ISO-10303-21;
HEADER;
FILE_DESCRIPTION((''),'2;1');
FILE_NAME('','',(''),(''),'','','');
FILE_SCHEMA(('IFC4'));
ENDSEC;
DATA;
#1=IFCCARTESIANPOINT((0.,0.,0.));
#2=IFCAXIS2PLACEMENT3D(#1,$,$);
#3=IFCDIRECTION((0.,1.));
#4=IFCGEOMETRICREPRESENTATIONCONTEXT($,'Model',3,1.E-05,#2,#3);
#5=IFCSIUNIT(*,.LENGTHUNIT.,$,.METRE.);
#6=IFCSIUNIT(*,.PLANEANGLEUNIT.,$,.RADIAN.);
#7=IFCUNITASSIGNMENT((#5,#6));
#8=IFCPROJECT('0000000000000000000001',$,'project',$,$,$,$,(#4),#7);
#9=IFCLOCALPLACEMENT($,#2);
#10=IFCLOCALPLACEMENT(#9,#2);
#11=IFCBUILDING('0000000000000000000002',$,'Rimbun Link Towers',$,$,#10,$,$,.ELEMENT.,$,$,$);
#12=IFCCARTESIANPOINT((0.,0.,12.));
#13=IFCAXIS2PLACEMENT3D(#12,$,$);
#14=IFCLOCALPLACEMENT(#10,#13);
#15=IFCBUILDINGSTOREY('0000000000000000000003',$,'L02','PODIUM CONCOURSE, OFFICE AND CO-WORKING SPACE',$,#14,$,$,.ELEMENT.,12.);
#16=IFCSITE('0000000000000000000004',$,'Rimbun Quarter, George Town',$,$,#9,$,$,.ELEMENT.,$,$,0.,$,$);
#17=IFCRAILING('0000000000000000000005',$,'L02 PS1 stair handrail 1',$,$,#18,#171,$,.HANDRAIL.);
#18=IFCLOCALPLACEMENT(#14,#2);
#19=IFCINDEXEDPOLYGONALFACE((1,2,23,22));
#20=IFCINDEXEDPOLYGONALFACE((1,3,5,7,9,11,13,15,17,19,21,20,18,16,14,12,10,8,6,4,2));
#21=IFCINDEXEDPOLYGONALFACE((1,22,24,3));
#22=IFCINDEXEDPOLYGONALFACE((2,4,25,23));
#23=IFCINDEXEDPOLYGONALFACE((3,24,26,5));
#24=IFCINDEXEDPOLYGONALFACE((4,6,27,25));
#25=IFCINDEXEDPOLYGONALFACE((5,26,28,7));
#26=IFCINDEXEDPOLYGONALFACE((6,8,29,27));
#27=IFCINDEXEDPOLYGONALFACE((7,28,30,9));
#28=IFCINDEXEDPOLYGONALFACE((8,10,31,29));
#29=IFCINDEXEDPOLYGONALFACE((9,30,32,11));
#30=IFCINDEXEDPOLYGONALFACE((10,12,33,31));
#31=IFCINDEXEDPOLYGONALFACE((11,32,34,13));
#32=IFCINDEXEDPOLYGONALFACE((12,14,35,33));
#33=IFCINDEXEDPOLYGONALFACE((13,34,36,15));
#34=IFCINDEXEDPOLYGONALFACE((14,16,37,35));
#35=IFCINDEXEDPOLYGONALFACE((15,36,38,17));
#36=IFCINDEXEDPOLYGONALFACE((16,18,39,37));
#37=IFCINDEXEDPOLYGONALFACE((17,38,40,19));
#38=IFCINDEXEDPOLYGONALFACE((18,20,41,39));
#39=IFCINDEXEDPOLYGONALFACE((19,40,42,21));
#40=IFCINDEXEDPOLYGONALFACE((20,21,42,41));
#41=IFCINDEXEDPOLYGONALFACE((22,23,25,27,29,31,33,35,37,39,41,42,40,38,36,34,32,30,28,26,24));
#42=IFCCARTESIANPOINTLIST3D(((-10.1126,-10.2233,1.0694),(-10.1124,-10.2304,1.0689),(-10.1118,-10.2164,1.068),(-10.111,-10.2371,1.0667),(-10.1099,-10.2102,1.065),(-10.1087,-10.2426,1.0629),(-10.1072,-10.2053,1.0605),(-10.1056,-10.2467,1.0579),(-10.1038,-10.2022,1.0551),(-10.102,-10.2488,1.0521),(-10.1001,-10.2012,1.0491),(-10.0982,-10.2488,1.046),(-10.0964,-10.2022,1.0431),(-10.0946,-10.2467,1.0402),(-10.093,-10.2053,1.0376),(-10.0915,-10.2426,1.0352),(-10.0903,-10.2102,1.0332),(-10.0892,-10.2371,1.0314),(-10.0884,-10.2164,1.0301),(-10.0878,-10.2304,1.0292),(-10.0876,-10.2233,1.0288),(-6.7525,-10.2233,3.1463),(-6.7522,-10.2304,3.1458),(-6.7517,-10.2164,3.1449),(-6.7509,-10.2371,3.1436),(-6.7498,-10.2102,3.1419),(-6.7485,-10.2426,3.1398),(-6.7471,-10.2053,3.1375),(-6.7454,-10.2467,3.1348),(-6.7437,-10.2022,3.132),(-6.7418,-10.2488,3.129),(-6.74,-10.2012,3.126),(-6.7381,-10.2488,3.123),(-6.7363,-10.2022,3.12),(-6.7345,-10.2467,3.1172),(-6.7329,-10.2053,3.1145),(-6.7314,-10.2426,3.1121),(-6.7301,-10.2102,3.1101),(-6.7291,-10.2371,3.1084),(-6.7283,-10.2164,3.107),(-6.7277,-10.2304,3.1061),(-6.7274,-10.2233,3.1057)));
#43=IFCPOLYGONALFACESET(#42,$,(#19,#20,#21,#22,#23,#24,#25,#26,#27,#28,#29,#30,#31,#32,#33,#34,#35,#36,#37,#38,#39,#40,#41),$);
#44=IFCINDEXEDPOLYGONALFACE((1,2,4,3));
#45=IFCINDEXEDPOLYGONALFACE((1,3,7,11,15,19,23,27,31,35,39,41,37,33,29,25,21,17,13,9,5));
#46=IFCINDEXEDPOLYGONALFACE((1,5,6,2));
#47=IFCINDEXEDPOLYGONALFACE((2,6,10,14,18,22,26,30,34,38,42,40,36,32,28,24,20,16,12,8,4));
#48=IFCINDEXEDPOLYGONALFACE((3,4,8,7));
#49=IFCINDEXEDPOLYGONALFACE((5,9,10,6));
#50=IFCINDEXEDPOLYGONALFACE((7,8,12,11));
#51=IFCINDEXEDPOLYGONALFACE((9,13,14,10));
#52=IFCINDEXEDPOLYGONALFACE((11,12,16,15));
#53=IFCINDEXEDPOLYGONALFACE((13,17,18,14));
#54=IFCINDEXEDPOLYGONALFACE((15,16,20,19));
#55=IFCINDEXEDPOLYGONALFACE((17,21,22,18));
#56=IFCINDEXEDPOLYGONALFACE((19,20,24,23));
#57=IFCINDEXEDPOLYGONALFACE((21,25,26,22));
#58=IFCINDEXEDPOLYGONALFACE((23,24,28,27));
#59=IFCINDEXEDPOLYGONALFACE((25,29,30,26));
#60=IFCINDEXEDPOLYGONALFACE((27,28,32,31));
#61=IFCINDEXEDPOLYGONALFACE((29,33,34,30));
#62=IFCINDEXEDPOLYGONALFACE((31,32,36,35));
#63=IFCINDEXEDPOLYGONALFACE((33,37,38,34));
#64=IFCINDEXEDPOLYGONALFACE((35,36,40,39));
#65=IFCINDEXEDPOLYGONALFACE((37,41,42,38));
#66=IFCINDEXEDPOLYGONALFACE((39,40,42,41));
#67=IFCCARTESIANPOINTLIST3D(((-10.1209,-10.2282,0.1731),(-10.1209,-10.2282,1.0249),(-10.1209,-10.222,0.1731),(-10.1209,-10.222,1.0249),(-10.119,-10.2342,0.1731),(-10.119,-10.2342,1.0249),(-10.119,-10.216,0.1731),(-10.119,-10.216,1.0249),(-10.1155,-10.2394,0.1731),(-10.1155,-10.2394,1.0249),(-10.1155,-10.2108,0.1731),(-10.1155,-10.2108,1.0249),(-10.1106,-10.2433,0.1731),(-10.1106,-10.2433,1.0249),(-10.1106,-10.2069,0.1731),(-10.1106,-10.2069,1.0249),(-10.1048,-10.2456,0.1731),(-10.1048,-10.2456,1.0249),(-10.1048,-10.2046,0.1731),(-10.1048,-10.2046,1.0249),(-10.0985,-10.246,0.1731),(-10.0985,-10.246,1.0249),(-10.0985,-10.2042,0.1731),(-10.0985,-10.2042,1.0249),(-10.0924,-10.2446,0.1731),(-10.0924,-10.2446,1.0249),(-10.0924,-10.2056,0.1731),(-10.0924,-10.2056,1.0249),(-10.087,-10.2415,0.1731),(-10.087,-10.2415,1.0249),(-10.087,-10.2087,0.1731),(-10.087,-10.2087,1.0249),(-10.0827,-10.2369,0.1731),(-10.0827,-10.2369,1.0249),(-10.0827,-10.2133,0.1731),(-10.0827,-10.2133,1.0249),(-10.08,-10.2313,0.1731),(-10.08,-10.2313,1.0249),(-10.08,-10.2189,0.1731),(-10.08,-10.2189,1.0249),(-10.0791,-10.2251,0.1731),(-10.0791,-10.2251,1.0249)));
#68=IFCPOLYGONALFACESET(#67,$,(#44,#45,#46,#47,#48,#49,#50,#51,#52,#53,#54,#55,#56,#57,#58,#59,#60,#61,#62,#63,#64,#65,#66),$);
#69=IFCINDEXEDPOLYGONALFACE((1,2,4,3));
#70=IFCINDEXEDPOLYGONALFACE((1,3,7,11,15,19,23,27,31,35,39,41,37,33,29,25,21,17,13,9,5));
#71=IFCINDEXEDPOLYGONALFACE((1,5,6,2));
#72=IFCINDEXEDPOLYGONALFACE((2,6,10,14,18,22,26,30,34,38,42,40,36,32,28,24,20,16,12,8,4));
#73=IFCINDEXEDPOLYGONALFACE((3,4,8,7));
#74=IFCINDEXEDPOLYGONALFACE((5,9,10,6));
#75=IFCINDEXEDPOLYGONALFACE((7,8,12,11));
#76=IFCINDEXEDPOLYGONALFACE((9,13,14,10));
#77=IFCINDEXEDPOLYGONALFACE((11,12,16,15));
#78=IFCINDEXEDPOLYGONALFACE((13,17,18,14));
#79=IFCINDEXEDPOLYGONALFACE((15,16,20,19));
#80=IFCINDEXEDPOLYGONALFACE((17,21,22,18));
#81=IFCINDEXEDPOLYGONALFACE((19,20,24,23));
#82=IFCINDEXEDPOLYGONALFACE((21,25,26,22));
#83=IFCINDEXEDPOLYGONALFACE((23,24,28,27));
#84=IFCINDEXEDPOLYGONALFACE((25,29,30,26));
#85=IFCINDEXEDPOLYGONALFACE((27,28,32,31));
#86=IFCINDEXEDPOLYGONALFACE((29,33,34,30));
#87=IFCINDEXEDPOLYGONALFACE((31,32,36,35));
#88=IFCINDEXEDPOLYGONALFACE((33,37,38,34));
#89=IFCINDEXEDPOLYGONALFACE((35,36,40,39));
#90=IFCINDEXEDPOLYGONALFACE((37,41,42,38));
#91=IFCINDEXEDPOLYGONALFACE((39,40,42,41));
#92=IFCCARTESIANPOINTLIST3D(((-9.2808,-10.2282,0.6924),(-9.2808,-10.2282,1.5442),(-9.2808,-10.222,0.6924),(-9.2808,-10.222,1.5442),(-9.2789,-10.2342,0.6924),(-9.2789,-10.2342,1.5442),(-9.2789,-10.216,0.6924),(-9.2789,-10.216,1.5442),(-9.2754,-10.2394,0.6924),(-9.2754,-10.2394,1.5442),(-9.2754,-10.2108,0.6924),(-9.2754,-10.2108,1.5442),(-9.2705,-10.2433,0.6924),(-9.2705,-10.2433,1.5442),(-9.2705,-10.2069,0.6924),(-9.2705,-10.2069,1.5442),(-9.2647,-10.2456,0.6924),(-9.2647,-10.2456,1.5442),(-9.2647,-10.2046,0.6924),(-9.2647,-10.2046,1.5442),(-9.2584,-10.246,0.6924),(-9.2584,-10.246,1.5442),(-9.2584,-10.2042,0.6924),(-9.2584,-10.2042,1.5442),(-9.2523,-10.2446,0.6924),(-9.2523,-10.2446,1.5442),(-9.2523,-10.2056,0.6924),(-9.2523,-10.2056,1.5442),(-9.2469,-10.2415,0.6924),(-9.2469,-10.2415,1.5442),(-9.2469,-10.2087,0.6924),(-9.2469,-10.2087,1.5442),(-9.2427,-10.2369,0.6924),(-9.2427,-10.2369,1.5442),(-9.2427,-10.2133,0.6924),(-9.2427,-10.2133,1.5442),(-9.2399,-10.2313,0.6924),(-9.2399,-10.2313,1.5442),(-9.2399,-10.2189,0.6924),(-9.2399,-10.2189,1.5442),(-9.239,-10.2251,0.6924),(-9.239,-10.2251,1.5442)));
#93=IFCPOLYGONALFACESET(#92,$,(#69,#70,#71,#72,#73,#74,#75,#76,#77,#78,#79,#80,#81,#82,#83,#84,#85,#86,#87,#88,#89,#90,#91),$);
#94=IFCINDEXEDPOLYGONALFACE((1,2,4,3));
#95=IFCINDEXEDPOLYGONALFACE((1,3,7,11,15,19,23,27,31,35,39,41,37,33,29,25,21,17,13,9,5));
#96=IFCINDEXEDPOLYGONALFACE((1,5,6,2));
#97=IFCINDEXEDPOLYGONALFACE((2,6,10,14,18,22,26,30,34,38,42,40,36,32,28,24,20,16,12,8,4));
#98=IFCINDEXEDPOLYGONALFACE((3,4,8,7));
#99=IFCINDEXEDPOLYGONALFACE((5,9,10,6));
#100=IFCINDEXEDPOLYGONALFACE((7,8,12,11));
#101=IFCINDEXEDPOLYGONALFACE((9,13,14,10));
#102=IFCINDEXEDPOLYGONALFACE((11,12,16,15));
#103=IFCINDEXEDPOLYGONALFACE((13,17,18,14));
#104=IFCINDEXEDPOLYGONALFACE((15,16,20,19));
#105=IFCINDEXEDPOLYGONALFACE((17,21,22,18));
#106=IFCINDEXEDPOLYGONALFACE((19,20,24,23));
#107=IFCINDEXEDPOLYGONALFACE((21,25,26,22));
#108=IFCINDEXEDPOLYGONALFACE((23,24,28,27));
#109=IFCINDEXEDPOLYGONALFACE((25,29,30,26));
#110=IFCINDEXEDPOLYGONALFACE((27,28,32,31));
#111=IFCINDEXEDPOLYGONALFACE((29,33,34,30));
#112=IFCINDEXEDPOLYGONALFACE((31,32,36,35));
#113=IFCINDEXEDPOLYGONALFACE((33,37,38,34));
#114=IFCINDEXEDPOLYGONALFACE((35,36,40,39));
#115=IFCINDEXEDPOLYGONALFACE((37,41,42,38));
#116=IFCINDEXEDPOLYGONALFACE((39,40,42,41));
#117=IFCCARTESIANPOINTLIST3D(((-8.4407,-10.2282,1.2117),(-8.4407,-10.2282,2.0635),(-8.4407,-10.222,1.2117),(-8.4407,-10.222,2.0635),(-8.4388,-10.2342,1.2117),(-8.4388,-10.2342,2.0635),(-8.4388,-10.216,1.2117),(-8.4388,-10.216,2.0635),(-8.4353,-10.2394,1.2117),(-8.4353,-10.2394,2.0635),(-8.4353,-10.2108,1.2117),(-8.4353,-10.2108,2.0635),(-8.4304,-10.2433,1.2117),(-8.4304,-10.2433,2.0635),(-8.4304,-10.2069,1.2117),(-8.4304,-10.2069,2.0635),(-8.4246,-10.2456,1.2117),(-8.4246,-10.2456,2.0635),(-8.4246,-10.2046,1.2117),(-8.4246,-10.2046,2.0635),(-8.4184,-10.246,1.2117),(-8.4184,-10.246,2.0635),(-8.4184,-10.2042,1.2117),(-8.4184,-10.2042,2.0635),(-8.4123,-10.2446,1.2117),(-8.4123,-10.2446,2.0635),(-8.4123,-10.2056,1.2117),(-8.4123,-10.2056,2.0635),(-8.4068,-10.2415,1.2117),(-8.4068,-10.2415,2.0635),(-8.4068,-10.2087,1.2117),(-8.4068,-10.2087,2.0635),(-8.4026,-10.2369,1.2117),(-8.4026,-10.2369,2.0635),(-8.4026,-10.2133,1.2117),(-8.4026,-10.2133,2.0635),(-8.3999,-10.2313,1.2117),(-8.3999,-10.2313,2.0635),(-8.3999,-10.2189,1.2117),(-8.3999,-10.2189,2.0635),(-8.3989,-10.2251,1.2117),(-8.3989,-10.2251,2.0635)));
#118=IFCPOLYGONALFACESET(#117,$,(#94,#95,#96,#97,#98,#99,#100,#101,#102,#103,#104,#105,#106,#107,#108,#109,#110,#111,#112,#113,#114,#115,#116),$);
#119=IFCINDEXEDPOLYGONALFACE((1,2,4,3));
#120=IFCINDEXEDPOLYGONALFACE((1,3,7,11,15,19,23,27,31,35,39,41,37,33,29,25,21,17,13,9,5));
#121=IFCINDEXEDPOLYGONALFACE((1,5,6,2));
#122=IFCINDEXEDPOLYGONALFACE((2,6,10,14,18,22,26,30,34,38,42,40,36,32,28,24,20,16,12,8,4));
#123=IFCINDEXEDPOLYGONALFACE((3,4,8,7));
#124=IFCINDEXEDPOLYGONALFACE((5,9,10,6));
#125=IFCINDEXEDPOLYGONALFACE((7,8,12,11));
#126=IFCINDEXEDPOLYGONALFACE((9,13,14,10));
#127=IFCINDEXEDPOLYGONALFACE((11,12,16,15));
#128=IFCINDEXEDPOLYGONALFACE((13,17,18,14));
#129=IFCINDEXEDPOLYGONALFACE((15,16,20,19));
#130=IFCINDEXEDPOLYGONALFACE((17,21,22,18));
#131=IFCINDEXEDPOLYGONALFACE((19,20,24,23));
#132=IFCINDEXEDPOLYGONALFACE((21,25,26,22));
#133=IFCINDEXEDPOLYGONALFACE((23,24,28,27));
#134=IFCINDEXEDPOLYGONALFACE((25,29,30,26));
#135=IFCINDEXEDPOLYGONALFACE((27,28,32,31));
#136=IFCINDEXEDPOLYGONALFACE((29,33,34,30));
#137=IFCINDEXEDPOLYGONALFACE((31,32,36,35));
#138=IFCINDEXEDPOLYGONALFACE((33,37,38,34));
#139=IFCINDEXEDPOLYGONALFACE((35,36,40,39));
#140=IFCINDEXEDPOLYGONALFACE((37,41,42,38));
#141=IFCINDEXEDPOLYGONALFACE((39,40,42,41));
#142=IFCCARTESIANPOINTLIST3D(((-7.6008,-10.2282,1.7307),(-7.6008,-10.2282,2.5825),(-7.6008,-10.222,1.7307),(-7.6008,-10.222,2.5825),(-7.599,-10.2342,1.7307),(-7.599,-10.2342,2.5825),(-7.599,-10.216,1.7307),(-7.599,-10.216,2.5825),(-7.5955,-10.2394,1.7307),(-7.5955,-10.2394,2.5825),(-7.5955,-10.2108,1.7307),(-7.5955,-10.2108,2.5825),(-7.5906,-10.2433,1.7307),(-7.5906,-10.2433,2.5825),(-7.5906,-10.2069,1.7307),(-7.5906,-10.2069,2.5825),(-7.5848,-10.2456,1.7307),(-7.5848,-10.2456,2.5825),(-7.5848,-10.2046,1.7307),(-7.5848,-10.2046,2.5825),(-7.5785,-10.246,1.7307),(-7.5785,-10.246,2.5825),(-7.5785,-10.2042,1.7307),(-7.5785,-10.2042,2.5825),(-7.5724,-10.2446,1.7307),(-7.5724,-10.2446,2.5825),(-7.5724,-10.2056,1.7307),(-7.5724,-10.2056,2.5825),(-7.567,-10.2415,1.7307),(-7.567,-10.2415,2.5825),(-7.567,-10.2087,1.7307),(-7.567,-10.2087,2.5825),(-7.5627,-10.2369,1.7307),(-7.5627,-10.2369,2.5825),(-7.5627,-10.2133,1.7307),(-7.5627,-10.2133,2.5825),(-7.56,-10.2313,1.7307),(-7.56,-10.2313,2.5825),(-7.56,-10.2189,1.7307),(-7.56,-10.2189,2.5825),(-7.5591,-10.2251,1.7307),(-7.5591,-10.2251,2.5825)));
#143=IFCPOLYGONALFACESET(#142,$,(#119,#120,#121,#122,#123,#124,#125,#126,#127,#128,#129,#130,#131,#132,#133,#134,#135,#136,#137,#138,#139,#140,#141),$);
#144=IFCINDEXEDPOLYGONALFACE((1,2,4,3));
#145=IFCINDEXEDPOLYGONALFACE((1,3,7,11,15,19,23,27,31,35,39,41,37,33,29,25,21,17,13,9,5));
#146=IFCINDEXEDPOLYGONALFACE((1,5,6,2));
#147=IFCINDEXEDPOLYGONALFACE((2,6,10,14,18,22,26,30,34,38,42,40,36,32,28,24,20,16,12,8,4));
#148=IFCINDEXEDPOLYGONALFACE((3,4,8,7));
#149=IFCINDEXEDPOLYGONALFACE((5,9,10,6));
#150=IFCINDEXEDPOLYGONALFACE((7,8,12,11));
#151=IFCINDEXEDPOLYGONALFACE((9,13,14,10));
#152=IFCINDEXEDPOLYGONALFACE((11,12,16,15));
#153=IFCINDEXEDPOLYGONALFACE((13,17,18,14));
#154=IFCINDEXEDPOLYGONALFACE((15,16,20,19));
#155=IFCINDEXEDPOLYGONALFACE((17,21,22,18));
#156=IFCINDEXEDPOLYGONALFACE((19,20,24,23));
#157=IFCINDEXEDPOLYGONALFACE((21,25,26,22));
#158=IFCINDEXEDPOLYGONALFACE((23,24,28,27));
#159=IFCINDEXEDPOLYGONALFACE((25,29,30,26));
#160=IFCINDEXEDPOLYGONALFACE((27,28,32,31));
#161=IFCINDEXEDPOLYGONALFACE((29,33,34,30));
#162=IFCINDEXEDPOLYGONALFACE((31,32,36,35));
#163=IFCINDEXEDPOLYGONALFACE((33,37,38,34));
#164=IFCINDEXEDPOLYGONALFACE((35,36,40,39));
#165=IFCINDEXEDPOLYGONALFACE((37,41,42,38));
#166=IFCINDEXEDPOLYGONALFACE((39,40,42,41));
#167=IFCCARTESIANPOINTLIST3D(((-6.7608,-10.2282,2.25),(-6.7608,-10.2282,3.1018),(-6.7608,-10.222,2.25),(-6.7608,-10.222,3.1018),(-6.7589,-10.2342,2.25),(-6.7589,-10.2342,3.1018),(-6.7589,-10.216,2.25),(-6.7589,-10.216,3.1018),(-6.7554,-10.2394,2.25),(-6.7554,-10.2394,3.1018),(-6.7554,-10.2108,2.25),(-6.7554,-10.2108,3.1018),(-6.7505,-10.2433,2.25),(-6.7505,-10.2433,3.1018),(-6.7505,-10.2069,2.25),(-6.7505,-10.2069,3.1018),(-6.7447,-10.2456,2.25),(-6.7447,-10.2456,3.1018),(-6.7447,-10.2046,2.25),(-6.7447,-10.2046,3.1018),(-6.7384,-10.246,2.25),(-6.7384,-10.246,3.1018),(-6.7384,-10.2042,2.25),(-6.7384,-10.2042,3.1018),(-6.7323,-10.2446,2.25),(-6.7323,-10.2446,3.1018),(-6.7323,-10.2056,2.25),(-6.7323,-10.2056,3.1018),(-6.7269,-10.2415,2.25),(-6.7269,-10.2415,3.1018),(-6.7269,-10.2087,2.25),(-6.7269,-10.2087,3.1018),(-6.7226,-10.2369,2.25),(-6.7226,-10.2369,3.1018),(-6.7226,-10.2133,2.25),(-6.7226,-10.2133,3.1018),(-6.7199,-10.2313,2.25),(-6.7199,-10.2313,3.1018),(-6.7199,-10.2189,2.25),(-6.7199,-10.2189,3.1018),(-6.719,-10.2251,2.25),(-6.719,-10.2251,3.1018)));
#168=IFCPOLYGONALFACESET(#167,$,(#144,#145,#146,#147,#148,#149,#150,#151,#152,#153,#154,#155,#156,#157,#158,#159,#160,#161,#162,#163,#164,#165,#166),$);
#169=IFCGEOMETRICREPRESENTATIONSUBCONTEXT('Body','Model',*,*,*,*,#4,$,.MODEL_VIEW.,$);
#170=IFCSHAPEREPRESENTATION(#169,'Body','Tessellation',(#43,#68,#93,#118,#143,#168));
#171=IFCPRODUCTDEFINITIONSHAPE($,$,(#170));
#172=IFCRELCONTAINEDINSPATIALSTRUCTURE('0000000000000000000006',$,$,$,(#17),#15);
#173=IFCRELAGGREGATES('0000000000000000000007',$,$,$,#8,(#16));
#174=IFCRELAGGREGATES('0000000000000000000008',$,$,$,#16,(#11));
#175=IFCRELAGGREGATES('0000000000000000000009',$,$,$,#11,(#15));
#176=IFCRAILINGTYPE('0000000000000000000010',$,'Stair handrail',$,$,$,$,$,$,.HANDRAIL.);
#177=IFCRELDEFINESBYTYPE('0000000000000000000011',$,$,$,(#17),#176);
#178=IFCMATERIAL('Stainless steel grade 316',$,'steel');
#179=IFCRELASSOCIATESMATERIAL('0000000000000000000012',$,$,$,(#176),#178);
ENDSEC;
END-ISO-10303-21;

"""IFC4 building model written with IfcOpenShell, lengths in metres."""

from ifc_helpers import new_model, si_unit, direction, frame, origin, origin_2d, place, context, subcontext, project, spatial, circle, extrude, material, type_object, element, save


model = new_model("IFC4")

# Units and contexts
model_context = context("Model", 3, precision=1e-05, world=origin(), true_north=direction((0.0, 1.0)))
body_context = subcontext(model_context, "Body", "Model", "MODEL_VIEW")
ifc_project = project(units=[si_unit("LENGTHUNIT", "METRE"), si_unit("PLANEANGLEUNIT", "RADIAN")], contexts=[model_context])

# Site, building, storey
site_placement = place(None, origin())
site = spatial("IfcSite", under=ifc_project, at=site_placement, Name="Rimbun Quarter, George Town", CompositionType="ELEMENT", RefElevation=0.0)
building_placement = place(site_placement, origin())
building = spatial("IfcBuilding", under=site, at=building_placement, Name="Rimbun Link Towers", CompositionType="ELEMENT")
storey_placement = place(building_placement, frame((0.0, 0.0, 12.0)))
storey = spatial("IfcBuildingStorey", under=building, at=storey_placement, Name="L02", Description="PODIUM CONCOURSE, OFFICE AND CO-WORKING SPACE", CompositionType="ELEMENT", Elevation=12.0)

# Railing
ifc_material_1 = material(Name="Stainless steel grade 316", Category="steel")
railing_type_1 = type_object("IfcRailingType", Name="Stair handrail", PredefinedType="HANDRAIL", material=ifc_material_1)
railing_1_placement = place(storey_placement, frame((-10.1001, -10.2251, 0.1731)))
element("IfcRailing", 1, at=railing_1_placement, inside=storey, type_object=railing_type_1, Name="L02 PS1 stair handrail 1", PredefinedType="HANDRAIL", context=body_context, shape_type="SweptSolid", body=[
    extrude(circle(Radius=0.0239, at=origin_2d()), frame((0.0, 0.0, 0.876), z_axis=(0.850623, 0.0, 0.525776), x_axis=(0.0, 1.0, 0.0)), (0.0, 0.0, 1.0), 3.9502),
    extrude(circle(Radius=0.021, at=origin_2d()), origin(), (0.0, 0.0, 1.0), 0.8518),
    extrude(circle(Radius=0.021, at=origin_2d()), frame((0.8401, 0.0, 0.5193)), (0.0, 0.0, 1.0), 0.8518),
    extrude(circle(Radius=0.021, at=origin_2d()), frame((1.6802, 0.0, 1.0386)), (0.0, 0.0, 1.0), 0.8518),
    extrude(circle(Radius=0.021, at=origin_2d()), frame((2.52, 0.0, 1.5576)), (0.0, 0.0, 1.0), 0.8518),
    extrude(circle(Radius=0.021, at=origin_2d()), frame((3.3601, 0.0, 2.0769)), (0.0, 0.0, 1.0), 0.8518),
])

save(model, "model.ifc")
